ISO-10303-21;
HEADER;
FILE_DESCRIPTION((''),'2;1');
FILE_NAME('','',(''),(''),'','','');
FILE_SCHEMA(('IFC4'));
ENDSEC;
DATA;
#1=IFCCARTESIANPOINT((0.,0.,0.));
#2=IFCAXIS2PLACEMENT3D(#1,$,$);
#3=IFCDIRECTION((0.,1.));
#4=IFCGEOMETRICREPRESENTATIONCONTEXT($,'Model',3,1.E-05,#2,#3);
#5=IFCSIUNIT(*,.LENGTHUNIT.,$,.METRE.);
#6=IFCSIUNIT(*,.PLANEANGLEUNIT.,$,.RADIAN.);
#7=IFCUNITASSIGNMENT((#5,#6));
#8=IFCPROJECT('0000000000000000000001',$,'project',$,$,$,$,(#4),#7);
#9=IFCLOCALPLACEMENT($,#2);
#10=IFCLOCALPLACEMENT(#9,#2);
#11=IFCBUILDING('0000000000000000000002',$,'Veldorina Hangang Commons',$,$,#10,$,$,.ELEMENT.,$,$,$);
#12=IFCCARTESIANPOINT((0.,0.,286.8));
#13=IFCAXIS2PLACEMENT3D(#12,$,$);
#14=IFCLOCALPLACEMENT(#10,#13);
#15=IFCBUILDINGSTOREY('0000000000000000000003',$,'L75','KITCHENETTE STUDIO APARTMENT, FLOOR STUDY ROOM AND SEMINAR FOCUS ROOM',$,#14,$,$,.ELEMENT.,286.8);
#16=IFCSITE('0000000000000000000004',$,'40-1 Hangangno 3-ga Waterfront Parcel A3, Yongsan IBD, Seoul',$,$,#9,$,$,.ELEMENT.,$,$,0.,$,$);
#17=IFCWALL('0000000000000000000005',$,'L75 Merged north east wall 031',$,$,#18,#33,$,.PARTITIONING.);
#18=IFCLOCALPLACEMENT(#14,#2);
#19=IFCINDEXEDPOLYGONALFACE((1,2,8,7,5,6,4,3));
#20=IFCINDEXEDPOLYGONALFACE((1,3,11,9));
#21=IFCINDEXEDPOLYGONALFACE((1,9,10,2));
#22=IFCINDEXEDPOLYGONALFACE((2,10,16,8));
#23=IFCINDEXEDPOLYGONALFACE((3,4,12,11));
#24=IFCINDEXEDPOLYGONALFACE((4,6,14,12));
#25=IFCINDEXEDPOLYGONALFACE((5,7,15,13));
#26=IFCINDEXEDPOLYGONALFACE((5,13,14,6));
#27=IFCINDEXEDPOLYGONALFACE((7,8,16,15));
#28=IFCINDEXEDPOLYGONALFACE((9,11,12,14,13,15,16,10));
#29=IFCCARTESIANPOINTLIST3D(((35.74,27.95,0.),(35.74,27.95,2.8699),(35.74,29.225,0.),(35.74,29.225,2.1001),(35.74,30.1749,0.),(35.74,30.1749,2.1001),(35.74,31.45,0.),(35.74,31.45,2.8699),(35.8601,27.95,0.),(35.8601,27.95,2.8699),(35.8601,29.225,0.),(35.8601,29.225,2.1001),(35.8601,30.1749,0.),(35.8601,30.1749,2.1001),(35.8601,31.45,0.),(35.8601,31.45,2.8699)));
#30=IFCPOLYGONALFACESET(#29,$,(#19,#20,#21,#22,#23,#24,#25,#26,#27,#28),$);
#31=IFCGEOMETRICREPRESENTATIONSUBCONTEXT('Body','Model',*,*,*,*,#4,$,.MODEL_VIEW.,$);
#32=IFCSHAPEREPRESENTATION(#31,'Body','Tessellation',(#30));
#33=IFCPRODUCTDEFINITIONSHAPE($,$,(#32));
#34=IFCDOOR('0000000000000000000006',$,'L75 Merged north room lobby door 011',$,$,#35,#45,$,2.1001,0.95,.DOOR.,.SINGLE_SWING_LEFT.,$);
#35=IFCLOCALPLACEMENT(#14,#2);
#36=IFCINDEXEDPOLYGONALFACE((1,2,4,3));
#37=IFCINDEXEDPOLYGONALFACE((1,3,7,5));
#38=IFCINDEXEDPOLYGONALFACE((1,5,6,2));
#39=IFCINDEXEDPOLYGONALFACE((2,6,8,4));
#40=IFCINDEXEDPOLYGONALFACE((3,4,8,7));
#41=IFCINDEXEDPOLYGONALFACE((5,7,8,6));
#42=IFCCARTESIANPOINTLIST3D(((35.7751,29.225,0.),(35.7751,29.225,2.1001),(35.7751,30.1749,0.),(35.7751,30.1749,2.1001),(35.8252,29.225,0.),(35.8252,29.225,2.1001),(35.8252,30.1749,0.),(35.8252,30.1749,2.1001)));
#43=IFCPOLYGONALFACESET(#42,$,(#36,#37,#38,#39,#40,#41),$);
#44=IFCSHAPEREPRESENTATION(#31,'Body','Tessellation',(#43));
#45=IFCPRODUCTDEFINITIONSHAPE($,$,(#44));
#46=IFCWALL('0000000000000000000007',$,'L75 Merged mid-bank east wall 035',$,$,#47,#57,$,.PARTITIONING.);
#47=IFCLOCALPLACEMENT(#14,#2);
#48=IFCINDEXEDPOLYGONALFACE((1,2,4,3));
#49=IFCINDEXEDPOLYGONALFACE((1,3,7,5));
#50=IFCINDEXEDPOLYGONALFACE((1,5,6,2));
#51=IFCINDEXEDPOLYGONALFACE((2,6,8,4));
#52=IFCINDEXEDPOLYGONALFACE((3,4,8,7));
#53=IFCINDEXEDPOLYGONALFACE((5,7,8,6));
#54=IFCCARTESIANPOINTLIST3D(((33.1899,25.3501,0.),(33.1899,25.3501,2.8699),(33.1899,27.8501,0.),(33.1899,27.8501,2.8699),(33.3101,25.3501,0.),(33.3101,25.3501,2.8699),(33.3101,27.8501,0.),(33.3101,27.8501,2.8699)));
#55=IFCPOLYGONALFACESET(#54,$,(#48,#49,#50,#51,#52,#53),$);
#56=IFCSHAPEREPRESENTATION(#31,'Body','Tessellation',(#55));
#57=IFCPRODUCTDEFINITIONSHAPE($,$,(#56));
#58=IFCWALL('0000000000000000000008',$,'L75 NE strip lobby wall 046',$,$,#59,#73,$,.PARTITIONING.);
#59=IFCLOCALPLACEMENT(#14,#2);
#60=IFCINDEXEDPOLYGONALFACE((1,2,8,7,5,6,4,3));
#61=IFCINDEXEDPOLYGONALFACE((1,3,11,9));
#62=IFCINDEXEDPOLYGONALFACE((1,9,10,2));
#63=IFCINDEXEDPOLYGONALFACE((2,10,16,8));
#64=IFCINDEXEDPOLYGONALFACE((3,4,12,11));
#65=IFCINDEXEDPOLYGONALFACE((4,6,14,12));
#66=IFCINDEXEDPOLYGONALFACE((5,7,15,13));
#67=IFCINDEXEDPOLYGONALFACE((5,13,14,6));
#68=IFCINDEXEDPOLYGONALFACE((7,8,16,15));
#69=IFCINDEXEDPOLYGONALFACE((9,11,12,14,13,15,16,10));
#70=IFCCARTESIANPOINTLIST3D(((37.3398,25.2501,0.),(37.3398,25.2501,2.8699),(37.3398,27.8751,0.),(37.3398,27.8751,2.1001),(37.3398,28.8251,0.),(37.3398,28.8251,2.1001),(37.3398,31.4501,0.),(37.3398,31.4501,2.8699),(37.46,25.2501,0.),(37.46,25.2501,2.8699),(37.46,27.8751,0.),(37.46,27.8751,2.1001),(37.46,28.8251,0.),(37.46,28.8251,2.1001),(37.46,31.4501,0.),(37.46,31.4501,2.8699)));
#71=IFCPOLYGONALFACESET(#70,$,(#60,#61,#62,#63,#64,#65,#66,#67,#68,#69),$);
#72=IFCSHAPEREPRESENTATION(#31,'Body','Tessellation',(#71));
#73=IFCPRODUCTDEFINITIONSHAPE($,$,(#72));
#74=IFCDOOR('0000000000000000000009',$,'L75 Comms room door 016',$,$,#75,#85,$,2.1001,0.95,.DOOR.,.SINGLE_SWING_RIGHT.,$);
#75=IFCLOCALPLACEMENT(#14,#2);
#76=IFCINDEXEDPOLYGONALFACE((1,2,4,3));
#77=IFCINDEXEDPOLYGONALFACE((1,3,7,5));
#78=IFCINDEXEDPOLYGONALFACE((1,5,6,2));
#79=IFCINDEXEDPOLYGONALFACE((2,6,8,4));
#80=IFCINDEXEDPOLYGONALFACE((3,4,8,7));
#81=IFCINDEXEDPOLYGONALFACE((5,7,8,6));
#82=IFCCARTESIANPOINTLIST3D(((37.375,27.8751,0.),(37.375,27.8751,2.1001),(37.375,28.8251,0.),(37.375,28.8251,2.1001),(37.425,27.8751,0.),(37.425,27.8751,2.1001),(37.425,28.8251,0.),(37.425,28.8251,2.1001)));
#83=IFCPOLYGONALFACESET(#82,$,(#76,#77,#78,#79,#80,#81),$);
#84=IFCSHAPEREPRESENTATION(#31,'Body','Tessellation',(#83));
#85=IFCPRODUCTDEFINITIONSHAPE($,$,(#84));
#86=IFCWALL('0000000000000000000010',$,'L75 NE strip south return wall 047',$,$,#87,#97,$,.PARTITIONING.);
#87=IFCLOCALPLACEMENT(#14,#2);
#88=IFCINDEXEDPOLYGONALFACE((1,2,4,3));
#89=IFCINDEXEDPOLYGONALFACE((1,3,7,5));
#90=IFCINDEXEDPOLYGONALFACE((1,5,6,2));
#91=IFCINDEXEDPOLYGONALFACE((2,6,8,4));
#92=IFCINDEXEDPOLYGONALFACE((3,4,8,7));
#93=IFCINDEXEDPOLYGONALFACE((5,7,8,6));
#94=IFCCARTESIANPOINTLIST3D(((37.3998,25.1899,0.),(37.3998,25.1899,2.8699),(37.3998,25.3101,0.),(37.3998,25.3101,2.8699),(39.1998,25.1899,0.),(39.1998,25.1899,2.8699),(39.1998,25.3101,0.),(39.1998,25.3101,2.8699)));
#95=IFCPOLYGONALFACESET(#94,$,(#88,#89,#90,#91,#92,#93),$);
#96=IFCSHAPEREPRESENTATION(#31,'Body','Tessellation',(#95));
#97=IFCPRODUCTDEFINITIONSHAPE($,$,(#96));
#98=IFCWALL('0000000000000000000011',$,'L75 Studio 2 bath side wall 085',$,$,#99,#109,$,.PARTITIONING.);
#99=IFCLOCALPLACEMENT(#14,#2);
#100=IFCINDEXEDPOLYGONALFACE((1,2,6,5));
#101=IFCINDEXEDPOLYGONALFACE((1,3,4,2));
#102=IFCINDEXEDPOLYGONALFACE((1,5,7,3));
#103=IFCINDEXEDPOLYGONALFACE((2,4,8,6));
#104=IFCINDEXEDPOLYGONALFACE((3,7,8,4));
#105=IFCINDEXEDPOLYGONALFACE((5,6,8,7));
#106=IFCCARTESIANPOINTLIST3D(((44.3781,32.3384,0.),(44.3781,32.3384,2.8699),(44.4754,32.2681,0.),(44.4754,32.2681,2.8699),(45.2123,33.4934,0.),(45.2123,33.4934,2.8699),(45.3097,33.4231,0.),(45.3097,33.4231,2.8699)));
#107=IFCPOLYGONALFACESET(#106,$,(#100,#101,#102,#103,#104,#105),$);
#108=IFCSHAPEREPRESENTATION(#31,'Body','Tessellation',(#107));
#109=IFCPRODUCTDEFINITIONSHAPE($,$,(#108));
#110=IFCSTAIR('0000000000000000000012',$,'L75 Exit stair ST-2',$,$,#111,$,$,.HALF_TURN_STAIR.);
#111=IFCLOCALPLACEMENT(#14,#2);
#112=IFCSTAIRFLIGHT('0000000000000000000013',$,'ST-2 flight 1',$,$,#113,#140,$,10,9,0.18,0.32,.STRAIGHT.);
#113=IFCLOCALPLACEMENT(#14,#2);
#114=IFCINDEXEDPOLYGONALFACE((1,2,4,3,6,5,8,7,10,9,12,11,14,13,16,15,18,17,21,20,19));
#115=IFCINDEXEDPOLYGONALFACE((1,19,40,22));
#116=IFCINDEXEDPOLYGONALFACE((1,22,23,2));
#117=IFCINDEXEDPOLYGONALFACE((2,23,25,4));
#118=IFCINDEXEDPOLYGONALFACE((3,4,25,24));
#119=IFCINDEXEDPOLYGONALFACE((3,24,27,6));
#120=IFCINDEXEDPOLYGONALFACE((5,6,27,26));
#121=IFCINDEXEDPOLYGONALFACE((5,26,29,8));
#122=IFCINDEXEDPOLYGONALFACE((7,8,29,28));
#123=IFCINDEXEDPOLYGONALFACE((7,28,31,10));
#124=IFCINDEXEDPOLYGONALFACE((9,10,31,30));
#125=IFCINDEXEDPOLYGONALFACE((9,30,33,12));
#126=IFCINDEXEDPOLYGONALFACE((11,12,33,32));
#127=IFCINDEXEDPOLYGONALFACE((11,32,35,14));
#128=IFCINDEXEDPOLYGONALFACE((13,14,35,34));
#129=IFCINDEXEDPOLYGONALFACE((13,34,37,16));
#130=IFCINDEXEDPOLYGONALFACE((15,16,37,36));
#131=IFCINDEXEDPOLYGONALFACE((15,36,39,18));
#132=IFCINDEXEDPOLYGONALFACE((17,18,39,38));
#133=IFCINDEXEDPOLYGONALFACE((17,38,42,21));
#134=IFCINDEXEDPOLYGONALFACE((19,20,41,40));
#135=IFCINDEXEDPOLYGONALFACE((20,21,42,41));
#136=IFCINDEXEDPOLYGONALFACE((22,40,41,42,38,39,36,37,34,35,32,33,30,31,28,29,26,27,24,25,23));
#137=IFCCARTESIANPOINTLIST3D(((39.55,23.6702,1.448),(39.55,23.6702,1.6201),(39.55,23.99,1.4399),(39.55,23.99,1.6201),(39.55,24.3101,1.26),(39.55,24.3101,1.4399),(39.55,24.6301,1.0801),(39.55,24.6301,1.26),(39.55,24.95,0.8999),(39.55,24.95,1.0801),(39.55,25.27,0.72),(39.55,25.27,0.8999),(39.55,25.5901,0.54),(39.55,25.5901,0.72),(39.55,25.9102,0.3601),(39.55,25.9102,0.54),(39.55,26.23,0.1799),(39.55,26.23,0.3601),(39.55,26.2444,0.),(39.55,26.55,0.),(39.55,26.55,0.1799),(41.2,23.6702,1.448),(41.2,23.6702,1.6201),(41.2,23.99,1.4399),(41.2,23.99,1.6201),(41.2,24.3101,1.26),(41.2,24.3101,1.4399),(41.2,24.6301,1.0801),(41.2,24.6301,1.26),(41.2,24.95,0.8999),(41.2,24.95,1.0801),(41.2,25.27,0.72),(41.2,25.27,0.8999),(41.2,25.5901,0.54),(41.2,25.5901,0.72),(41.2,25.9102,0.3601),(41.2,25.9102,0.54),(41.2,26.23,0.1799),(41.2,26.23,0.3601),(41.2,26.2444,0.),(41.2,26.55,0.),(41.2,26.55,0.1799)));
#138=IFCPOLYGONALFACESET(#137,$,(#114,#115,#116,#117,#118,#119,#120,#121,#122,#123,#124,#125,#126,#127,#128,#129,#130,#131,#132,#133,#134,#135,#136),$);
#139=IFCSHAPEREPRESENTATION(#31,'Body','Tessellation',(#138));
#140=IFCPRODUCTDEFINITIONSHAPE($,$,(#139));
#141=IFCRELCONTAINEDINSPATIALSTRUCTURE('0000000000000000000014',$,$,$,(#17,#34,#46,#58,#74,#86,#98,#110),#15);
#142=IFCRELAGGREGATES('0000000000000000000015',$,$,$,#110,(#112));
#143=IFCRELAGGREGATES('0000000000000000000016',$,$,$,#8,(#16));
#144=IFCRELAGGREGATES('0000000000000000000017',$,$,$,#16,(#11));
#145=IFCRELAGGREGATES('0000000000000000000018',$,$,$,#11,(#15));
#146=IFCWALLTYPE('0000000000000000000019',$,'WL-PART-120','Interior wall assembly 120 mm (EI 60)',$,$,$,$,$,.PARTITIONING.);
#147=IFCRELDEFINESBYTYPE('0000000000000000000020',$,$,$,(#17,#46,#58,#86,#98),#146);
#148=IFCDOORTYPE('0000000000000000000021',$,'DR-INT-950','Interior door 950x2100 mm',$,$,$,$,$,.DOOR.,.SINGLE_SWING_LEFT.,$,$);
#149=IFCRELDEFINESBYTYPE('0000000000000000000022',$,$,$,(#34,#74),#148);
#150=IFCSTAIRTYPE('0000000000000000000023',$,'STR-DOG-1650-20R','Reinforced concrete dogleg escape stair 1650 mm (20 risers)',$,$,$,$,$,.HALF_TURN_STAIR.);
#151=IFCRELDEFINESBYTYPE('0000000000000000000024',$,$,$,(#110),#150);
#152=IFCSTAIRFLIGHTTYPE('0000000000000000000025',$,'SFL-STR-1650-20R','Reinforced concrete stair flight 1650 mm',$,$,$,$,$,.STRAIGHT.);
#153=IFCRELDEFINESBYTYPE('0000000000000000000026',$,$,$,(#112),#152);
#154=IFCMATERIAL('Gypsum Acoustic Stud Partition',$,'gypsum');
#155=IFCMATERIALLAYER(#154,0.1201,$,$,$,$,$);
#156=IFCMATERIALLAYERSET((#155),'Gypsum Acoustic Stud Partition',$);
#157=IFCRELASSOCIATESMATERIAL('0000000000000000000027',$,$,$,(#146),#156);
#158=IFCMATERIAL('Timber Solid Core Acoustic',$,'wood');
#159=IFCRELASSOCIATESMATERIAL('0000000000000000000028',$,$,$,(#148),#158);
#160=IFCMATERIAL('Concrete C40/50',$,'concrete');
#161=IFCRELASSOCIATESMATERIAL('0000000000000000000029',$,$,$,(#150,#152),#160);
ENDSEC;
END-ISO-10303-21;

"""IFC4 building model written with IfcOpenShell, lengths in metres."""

from ifc_helpers import new_model, si_unit, direction, frame, frame_2d, origin, place, context, subcontext, project, spatial, polyline, rectangle, outline, extrude, material, layer, layer_set, type_object, element, fill, aggregate, save


model = new_model("IFC4")

# Units and contexts
model_context = context("Model", 3, precision=1e-05, world=origin(), true_north=direction((0.0, 1.0)))
body_context = subcontext(model_context, "Body", "Model", "MODEL_VIEW")
ifc_project = project(units=[si_unit("LENGTHUNIT", "METRE"), si_unit("PLANEANGLEUNIT", "RADIAN")], contexts=[model_context])

# Site, building, storey
site_placement = place(None, origin())
site = spatial("IfcSite", under=ifc_project, at=site_placement, Name="40-1 Hangangno 3-ga Waterfront Parcel A3, Yongsan IBD, Seoul", CompositionType="ELEMENT", RefElevation=0.0)
building_placement = place(site_placement, origin())
building = spatial("IfcBuilding", under=site, at=building_placement, Name="Veldorina Hangang Commons", CompositionType="ELEMENT")
storey_placement = place(building_placement, frame((0.0, 0.0, 286.8)))
storey = spatial("IfcBuildingStorey", under=building, at=storey_placement, Name="L75", Description="KITCHENETTE STUDIO APARTMENT, FLOOR STUDY ROOM AND SEMINAR FOCUS ROOM", CompositionType="ELEMENT", Elevation=286.8)

# Wall, opening, door
ifc_material_1 = material(Name="Gypsum Acoustic Stud Partition", Category="gypsum")
ifc_layer_1 = layer(ifc_material_1, 0.1201)
ifc_layer_set_1 = layer_set([ifc_layer_1], Name="Gypsum Acoustic Stud Partition")
wall_type_1 = type_object("IfcWallType", Name="WL-PART-120", Description="Interior wall assembly 120 mm (EI 60)", PredefinedType="PARTITIONING", material=ifc_layer_set_1)
wall_1_placement = place(storey_placement, frame((35.8, 27.95, 0.0), z_axis=(0.0, 0.0, 1.0), x_axis=(0.0, 1.0, 0.0)))
wall_1 = element("IfcWall", 1, at=wall_1_placement, inside=storey, type_object=wall_type_1, Name="L75 Merged north east wall 031", PredefinedType="PARTITIONING", context=body_context, shape_type="SweptSolid", body=[
    extrude(rectangle(XDim=3.5, YDim=0.1201, at=frame_2d((1.75, 0.0))), origin(), (0.0, 0.0, 1.0), 2.8699),
])
opening_1_placement = place(wall_1_placement, frame((1.2749, 0.0, 0.0)))
opening_1 = element("IfcOpeningElement", 2, at=opening_1_placement, cuts=wall_1, PredefinedType="OPENING", context=body_context, shape_type="SweptSolid", body=[
    extrude(rectangle(XDim=0.95, YDim=2.1001, at=frame_2d((0.4751, 1.05))), frame((0.0, 0.0701, 0.0), z_axis=(0.0, -1.0, 0.0), x_axis=(1.0, 0.0, 0.0)), (0.0, 0.0, 1.0), 0.1401),
])
ifc_material_2 = material(Name="Timber Solid Core Acoustic", Category="wood")
door_type_1 = type_object("IfcDoorType", Name="DR-INT-950", Description="Interior door 950x2100 mm", OperationType="SINGLE_SWING_LEFT", PredefinedType="DOOR", material=ifc_material_2)
door_1_placement = place(opening_1_placement, origin())
door_1 = element("IfcDoor", 3, at=door_1_placement, inside=storey, type_object=door_type_1, Name="L75 Merged north room lobby door 011", OperationType="SINGLE_SWING_LEFT", OverallHeight=2.1001, OverallWidth=0.95, PredefinedType="DOOR", context=body_context, shape_type="SweptSolid", body=[
    extrude(rectangle(XDim=0.95, YDim=2.1001, at=frame_2d((0.4751, 1.05))), frame((0.0, 0.0249, 0.0), z_axis=(0.0, -1.0, 0.0), x_axis=(1.0, 0.0, 0.0)), (0.0, 0.0, 1.0), 0.05),
])
fill(opening_1, door_1)

# Wall
wall_2_placement = place(storey_placement, frame((33.25, 25.3501, 0.0), z_axis=(0.0, 0.0, 1.0), x_axis=(0.0, 1.0, 0.0)))
element("IfcWall", 4, at=wall_2_placement, inside=storey, type_object=wall_type_1, Name="L75 Merged mid-bank east wall 035", PredefinedType="PARTITIONING", context=body_context, shape_type="SweptSolid", body=[
    extrude(rectangle(XDim=2.5, YDim=0.1201, at=frame_2d((1.25, 0.0))), origin(), (0.0, 0.0, 1.0), 2.8699),
])

# Wall, opening, door
wall_3_placement = place(storey_placement, frame((37.3999, 25.25, 0.0), z_axis=(0.0, 0.0, 1.0), x_axis=(0.0, 1.0, 0.0)))
wall_3 = element("IfcWall", 5, at=wall_3_placement, inside=storey, type_object=wall_type_1, Name="L75 NE strip lobby wall 046", PredefinedType="PARTITIONING", context=body_context, shape_type="SweptSolid", body=[
    extrude(rectangle(XDim=6.2, YDim=0.1201, at=frame_2d((3.1001, 0.0))), origin(), (0.0, 0.0, 1.0), 2.8699),
])
opening_2_placement = place(wall_3_placement, frame((2.625, 0.0, 0.0)))
opening_2 = element("IfcOpeningElement", 6, at=opening_2_placement, cuts=wall_3, PredefinedType="OPENING", context=body_context, shape_type="SweptSolid", body=[
    extrude(rectangle(XDim=0.95, YDim=2.1001, at=frame_2d((0.4751, 1.05))), frame((0.0, 0.0701, 0.0), z_axis=(0.0, -1.0, 0.0), x_axis=(1.0, 0.0, 0.0)), (0.0, 0.0, 1.0), 0.1401),
])
door_2_placement = place(opening_2_placement, origin())
door_2 = element("IfcDoor", 7, at=door_2_placement, inside=storey, type_object=door_type_1, Name="L75 Comms room door 016", OperationType="SINGLE_SWING_RIGHT", OverallHeight=2.1001, OverallWidth=0.95, PredefinedType="DOOR", context=body_context, shape_type="SweptSolid", body=[
    extrude(rectangle(XDim=0.95, YDim=2.1001, at=frame_2d((0.4751, 1.05))), frame((0.0, 0.0249, 0.0), z_axis=(0.0, -1.0, 0.0), x_axis=(1.0, 0.0, 0.0)), (0.0, 0.0, 1.0), 0.05),
])
fill(opening_2, door_2)

# Walls
wall_4_placement = place(storey_placement, frame((37.3999, 25.25, 0.0), z_axis=(0.0, 0.0, 1.0), x_axis=(1.0, 0.0, 0.0)))
element("IfcWall", 8, at=wall_4_placement, inside=storey, type_object=wall_type_1, Name="L75 NE strip south return wall 047", PredefinedType="PARTITIONING", context=body_context, shape_type="SweptSolid", body=[
    extrude(rectangle(XDim=1.8, YDim=0.1201, at=frame_2d((0.8999, 0.0))), origin(), (0.0, 0.0, 1.0), 2.8699),
])
wall_5_placement = place(storey_placement, frame((44.4268, 32.3032, 0.0), z_axis=(0.0, 0.0, 1.0), x_axis=(0.585509, 0.810666, 0.0)))
element("IfcWall", 9, at=wall_5_placement, inside=storey, type_object=wall_type_1, Name="L75 Studio 2 bath side wall 085", PredefinedType="PARTITIONING", context=body_context, shape_type="SweptSolid", body=[
    extrude(rectangle(XDim=1.4248, YDim=0.1201, at=frame_2d((0.7124, 0.0))), origin(), (0.0, 0.0, 1.0), 2.8699),
])

# Stair, stair flight
ifc_material_3 = material(Name="Concrete C40/50", Category="concrete")
stair_type = type_object("IfcStairType", Name="STR-DOG-1650-20R", Description="Reinforced concrete dogleg escape stair 1650 mm (20 risers)", PredefinedType="HALF_TURN_STAIR", material=ifc_material_3)
stair_placement = place(storey_placement, origin())
stair = element("IfcStair", 10, at=stair_placement, inside=storey, type_object=stair_type, Name="L75 Exit stair ST-2", PredefinedType="HALF_TURN_STAIR")
stair_flight_type = type_object("IfcStairFlightType", Name="SFL-STR-1650-20R", Description="Reinforced concrete stair flight 1650 mm", PredefinedType="STRAIGHT", material=ifc_material_3)
stair_flight_placement = place(storey_placement, frame((40.375, 26.55, 0.0), z_axis=(0.0, 0.0, 1.0), x_axis=(0.0, -1.0, 0.0)))
stair_flight = element("IfcStairFlight", 11, at=stair_flight_placement, type_object=stair_flight_type, Name="ST-2 flight 1", NumberOfRisers=10, NumberOfTreads=9, PredefinedType="STRAIGHT", RiserHeight=0.18, TreadLength=0.32, context=body_context, shape_type="SweptSolid", body=[
    extrude(outline(polyline([(0.0, 0.0), (0.0, 0.1799), (0.3201, 0.1799), (0.3201, 0.3601), (0.6399, 0.3601), (0.6399, 0.54), (0.96, 0.54), (0.96, 0.72), (1.28, 0.72), (1.28, 0.8999), (1.6001, 0.8999), (1.6001, 1.0801), (1.9199, 1.0801), (1.9199, 1.26), (2.24, 1.26), (2.24, 1.4399), (2.5601, 1.4399), (2.5601, 1.6201), (2.8799, 1.6201), (2.8799, 1.8), (2.8799, 1.448), (0.3057, 0.0), (0.0, 0.0)])), frame((0.0, 0.825, 0.0), z_axis=(0.0, -1.0, 0.0), x_axis=(1.0, 0.0, 0.0)), (0.0, 0.0, 1.0), 1.6499),
])
aggregate(stair, [stair_flight])

save(model, "model.ifc")
